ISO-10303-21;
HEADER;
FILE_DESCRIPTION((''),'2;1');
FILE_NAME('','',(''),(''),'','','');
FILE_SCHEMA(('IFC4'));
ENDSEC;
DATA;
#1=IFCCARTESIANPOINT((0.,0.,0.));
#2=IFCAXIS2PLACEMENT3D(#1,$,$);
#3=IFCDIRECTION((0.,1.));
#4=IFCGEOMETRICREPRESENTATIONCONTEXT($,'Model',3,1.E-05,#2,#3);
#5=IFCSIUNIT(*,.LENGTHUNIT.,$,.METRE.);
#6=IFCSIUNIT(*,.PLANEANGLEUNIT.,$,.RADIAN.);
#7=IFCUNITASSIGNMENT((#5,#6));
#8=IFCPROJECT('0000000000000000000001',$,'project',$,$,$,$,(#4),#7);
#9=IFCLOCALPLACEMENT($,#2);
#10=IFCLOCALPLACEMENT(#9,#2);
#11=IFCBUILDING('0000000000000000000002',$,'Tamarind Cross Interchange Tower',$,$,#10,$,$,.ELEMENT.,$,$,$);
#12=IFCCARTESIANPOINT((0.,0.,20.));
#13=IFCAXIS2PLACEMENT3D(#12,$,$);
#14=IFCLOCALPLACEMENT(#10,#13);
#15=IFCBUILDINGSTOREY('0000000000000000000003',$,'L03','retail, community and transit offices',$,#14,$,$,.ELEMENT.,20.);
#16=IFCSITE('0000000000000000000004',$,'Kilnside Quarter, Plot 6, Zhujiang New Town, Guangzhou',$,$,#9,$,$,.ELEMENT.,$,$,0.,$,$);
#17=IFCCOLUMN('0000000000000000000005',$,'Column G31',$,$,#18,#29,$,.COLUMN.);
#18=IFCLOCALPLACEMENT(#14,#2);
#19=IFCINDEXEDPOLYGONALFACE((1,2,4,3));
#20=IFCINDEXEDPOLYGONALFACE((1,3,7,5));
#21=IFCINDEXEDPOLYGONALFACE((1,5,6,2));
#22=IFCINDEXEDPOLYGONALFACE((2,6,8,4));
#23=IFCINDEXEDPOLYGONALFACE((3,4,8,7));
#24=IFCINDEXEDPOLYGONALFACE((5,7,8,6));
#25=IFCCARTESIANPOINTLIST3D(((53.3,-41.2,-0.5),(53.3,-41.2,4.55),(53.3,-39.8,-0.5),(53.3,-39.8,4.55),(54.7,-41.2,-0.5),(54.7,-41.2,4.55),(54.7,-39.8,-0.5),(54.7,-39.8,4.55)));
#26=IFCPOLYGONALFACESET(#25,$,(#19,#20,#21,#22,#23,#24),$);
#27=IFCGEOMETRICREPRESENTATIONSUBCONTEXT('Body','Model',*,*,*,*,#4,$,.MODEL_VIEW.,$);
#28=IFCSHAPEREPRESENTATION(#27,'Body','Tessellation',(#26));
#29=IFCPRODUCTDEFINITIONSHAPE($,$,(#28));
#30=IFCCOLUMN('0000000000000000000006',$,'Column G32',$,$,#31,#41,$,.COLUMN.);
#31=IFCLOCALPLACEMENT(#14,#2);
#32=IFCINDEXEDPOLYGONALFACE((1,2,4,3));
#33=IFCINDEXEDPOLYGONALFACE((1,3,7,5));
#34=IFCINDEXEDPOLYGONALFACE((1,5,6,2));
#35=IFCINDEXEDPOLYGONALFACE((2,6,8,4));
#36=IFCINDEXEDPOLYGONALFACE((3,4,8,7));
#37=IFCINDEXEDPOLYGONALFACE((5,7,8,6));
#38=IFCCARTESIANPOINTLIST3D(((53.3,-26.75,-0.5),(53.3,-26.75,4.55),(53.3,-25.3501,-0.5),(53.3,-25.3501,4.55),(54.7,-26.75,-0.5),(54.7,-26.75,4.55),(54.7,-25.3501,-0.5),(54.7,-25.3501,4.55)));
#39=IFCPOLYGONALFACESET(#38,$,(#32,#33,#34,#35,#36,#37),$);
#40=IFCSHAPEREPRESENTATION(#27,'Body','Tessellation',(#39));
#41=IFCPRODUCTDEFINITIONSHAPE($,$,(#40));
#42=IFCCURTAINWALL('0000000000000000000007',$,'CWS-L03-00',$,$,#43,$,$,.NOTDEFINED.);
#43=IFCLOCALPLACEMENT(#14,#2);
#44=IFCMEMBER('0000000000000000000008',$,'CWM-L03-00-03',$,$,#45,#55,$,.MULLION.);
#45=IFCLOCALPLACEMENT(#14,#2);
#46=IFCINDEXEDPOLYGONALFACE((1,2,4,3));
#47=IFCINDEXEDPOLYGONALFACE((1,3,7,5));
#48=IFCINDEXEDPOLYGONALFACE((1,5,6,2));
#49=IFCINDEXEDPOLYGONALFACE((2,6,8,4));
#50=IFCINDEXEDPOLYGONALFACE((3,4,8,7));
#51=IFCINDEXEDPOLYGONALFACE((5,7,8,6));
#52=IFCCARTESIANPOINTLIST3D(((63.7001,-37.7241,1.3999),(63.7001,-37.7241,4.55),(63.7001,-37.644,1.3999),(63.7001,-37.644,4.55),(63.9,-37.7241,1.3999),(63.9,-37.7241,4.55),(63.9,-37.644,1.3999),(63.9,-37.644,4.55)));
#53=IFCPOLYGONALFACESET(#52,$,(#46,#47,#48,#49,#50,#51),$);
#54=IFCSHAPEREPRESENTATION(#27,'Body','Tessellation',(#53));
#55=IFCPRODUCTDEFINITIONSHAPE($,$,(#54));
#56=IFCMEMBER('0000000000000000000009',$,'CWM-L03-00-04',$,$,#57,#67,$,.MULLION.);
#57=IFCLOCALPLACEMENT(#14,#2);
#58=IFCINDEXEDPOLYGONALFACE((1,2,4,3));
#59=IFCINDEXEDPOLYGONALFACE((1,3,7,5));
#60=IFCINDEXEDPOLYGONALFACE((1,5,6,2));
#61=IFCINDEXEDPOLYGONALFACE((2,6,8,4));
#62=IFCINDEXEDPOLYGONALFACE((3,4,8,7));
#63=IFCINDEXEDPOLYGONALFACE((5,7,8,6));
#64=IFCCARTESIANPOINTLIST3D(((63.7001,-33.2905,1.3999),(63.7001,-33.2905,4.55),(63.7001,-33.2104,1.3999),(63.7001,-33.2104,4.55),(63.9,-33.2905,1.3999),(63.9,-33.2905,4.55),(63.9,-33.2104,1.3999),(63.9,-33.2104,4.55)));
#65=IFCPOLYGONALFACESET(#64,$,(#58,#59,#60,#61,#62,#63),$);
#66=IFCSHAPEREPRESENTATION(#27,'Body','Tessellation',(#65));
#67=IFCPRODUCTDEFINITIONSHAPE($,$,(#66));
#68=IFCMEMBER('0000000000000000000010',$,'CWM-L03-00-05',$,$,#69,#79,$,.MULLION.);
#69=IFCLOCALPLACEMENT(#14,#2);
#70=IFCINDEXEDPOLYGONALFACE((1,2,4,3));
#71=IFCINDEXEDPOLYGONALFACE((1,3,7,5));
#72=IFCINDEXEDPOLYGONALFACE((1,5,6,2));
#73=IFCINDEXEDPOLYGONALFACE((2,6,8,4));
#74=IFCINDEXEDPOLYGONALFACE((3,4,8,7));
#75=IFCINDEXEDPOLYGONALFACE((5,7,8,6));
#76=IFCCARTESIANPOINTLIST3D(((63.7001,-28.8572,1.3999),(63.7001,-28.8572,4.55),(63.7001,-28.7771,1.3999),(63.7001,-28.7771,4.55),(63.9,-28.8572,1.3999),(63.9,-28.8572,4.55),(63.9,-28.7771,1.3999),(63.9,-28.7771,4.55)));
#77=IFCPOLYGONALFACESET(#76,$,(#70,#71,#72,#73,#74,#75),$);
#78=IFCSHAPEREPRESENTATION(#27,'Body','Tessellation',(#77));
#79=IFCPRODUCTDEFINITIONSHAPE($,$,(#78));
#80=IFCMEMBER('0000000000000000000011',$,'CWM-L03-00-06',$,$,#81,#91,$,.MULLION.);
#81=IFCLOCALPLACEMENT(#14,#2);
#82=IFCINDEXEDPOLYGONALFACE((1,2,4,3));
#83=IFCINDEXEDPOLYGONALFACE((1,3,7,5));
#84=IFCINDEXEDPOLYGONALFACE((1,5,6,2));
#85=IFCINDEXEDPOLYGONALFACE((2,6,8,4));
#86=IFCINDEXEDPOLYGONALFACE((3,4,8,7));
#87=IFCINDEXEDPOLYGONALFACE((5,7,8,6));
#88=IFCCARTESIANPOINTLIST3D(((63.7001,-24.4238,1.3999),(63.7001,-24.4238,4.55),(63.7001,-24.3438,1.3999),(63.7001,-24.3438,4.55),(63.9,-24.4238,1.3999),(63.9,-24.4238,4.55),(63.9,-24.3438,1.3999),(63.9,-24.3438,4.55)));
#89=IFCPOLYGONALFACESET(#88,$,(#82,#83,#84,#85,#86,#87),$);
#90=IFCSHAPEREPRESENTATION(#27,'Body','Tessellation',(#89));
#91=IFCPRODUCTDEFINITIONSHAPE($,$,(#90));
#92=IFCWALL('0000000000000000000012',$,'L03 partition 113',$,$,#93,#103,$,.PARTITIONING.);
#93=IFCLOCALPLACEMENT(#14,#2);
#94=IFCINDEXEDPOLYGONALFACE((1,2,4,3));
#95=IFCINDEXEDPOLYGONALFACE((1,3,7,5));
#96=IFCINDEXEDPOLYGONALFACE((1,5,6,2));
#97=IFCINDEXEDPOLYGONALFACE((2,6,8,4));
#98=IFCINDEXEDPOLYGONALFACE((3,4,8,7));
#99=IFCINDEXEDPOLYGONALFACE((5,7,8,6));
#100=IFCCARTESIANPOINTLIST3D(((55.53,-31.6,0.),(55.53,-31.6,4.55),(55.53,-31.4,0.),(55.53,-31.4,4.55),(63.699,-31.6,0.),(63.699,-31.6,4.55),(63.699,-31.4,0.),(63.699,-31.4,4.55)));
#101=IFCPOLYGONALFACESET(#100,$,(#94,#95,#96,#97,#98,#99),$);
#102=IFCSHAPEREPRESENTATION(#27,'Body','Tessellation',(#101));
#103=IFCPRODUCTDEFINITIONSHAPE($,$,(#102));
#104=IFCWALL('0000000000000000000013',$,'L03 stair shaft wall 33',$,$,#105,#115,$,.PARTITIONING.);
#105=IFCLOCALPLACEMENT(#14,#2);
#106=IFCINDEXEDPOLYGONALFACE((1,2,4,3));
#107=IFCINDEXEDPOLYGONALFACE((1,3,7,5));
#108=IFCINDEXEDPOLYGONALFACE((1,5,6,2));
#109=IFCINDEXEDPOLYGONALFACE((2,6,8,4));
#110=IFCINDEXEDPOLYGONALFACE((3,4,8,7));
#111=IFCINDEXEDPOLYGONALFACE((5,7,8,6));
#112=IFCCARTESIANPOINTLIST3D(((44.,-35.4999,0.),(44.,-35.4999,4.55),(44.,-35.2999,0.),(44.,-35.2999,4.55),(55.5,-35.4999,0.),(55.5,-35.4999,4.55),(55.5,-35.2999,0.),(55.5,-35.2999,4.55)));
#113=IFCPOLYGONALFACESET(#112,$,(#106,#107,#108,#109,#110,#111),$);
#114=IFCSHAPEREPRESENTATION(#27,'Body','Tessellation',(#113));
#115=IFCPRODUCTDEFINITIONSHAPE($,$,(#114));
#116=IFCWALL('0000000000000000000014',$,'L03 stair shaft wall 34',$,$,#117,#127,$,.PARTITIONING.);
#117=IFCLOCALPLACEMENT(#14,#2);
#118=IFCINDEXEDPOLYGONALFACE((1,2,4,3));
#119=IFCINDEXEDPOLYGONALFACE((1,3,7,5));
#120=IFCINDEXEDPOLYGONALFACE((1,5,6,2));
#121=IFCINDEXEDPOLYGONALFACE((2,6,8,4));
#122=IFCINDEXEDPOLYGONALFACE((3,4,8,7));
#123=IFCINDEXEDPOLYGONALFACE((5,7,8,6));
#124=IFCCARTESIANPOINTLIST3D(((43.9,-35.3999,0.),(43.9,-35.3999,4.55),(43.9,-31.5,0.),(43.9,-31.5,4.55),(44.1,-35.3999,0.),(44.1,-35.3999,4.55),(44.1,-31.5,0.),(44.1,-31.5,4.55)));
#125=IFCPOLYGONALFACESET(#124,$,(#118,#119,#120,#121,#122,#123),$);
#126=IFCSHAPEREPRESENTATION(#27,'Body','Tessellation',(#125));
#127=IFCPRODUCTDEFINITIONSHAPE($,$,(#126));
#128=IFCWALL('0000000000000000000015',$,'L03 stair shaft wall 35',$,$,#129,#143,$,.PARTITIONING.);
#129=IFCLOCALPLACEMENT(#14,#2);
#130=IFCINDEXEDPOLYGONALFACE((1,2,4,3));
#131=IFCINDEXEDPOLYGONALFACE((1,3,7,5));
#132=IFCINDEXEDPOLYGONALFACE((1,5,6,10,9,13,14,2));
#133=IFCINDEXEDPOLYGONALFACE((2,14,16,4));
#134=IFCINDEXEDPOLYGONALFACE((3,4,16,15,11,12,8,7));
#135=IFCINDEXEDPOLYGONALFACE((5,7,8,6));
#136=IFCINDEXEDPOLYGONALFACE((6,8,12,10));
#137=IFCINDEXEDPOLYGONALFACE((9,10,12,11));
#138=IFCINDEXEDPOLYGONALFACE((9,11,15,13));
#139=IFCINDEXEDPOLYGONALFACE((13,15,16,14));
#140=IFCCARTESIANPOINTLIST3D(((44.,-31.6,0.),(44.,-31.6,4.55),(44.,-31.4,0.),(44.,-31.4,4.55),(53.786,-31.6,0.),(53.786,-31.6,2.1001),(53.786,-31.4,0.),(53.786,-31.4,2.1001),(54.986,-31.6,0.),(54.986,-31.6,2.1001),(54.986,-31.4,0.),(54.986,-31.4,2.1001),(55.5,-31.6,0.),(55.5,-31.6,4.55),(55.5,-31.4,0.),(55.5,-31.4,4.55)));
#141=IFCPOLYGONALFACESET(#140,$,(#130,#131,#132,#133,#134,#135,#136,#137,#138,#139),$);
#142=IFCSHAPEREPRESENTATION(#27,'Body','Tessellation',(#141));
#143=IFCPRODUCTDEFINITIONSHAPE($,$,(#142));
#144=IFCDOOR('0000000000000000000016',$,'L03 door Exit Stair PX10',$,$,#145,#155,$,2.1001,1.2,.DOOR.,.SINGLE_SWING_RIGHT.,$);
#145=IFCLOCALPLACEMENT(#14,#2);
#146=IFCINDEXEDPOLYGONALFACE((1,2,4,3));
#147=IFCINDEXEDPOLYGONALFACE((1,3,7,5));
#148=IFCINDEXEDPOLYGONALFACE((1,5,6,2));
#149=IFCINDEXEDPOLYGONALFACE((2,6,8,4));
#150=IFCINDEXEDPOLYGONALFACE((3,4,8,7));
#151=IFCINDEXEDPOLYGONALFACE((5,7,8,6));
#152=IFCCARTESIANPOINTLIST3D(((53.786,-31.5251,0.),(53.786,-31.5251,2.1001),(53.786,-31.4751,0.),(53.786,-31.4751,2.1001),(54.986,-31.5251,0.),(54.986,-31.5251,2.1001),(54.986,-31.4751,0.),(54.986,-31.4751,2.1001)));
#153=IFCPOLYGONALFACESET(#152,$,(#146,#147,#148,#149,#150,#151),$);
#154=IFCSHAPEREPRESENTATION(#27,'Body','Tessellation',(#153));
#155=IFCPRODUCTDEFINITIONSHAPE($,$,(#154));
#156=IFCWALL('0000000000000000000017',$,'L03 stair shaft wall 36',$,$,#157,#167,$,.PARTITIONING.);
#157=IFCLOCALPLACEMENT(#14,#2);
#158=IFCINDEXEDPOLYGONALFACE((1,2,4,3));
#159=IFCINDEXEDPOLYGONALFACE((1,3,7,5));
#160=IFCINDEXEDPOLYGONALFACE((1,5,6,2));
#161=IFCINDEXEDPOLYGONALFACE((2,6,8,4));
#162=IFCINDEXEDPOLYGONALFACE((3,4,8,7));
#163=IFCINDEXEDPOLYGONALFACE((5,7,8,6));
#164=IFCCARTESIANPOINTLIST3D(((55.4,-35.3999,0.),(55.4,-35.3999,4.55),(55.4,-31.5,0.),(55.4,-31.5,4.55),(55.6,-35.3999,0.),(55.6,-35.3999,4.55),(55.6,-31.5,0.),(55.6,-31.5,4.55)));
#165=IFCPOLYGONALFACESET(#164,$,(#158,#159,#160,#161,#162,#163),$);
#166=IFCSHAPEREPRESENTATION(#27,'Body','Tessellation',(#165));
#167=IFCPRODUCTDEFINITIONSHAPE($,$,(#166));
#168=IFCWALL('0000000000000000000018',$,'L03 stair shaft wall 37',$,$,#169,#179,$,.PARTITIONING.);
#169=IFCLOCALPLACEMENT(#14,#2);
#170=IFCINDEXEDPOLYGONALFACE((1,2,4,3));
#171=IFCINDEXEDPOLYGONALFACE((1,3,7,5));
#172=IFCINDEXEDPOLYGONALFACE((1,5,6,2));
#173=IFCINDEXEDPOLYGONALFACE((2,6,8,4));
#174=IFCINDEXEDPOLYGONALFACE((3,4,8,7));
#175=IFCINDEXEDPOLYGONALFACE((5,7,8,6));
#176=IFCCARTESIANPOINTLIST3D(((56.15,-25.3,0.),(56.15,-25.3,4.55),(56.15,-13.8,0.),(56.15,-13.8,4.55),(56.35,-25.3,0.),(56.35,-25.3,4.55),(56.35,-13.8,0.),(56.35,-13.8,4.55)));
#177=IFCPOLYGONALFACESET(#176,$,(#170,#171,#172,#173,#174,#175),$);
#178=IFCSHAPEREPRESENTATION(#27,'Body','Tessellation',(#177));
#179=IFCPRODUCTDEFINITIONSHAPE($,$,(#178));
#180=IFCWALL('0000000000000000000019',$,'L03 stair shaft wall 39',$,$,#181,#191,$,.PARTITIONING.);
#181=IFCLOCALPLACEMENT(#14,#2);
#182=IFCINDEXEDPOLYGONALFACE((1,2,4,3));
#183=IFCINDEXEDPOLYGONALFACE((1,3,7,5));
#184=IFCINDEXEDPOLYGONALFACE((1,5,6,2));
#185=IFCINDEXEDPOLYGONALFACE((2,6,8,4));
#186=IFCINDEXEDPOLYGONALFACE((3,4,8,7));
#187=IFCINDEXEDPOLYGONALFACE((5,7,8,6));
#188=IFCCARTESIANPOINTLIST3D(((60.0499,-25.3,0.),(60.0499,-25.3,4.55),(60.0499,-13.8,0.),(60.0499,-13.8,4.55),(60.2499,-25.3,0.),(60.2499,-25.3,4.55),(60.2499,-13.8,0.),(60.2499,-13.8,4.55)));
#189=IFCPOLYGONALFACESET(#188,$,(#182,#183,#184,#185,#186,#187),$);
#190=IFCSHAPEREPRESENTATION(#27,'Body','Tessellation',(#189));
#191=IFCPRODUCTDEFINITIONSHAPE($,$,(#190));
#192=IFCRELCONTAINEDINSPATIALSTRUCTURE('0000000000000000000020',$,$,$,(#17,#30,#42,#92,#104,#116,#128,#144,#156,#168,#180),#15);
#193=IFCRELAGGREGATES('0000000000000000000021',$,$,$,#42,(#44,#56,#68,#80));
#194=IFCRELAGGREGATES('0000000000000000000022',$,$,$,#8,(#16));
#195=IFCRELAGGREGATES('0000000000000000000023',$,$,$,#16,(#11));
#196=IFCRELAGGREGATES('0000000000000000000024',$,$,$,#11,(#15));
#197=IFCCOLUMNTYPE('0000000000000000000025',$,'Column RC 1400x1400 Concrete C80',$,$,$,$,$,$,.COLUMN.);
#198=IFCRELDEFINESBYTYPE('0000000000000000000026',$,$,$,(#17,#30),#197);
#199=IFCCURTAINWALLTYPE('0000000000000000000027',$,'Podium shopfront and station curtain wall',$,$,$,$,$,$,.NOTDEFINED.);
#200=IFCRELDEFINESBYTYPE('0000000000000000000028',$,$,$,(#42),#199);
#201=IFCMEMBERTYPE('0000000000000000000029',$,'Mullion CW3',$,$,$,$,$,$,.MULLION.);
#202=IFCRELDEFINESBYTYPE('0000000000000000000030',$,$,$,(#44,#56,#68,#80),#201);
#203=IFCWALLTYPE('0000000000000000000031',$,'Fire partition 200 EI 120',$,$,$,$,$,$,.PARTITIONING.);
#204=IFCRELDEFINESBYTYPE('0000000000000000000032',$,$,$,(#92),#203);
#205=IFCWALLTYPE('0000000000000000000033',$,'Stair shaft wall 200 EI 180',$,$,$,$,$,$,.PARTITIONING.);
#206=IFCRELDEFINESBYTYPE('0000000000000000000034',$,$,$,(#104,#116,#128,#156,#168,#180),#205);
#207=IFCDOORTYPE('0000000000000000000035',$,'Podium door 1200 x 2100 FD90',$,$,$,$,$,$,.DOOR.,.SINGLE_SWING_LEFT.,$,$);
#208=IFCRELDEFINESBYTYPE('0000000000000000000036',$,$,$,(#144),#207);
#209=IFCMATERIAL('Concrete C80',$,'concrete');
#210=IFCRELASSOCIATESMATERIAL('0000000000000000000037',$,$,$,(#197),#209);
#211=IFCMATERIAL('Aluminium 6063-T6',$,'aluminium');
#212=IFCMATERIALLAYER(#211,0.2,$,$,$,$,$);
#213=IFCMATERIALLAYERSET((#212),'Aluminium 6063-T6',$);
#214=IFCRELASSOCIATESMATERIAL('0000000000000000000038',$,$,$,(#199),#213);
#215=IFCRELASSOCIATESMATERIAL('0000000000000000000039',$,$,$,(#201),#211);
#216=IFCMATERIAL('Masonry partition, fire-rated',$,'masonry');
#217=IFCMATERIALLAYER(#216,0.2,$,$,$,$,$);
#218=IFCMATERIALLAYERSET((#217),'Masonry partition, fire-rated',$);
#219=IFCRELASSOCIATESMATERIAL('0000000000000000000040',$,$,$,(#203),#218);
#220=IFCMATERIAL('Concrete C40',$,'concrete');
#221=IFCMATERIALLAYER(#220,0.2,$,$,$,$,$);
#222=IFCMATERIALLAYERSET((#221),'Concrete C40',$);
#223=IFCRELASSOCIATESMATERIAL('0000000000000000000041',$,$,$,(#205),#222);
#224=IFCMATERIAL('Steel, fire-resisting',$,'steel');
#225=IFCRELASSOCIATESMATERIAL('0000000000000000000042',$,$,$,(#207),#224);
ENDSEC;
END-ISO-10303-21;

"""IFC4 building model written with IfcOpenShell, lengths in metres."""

from ifc_helpers import new_model, si_unit, direction, frame, frame_2d, origin, origin_2d, place, context, subcontext, project, spatial, rectangle, extrude, material, layer, layer_set, material_profile, profile_set, type_object, element, fill, aggregate, save


model = new_model("IFC4")

# Units and contexts
model_context = context("Model", 3, precision=1e-05, world=origin(), true_north=direction((0.0, 1.0)))
body_context = subcontext(model_context, "Body", "Model", "MODEL_VIEW")
ifc_project = project(units=[si_unit("LENGTHUNIT", "METRE"), si_unit("PLANEANGLEUNIT", "RADIAN")], contexts=[model_context])

# Site, building, storey
site_placement = place(None, origin())
site = spatial("IfcSite", under=ifc_project, at=site_placement, Name="Kilnside Quarter, Plot 6, Zhujiang New Town, Guangzhou", CompositionType="ELEMENT", RefElevation=0.0)
building_placement = place(site_placement, origin())
building = spatial("IfcBuilding", under=site, at=building_placement, Name="Tamarind Cross Interchange Tower", CompositionType="ELEMENT")
storey_placement = place(building_placement, frame((0.0, 0.0, 20.0)))
storey = spatial("IfcBuildingStorey", under=building, at=storey_placement, Name="L03", Description="retail, community and transit offices", CompositionType="ELEMENT", Elevation=20.0)

# Columns
ifc_material_1 = material(Name="Concrete C80", Category="concrete")
ifc_material_profile_1 = material_profile(ifc_material_1, rectangle(XDim=1.3999, YDim=1.3999, at=origin_2d()), Name="RC 1400x1400")
ifc_profile_set_1 = profile_set([ifc_material_profile_1], Name="Concrete C80")
column_type = type_object("IfcColumnType", Name="Column RC 1400x1400 Concrete C80", PredefinedType="COLUMN", material=ifc_profile_set_1)
for number, where, z_axis, x_axis, name in (
    (1, (54.0, -40.5, -0.5), (0.0, 0.0, 1.0), (1.0, 0.0, 0.0), "Column G31"),
    (2, (54.0, -26.05, -0.5), (0.0, 0.0, 1.0), (1.0, 0.0, 0.0), "Column G32"),
):
    element("IfcColumn", number, at=place(storey_placement, frame(where, z_axis=z_axis, x_axis=x_axis)), inside=storey, type_object=column_type, Name=name, PredefinedType="COLUMN", context=body_context, shape_type="SweptSolid", body=[
        extrude(rectangle(XDim=1.3999, YDim=1.3999, at=origin_2d()), origin(), (0.0, 0.0, 1.0), 5.05),
    ])

# Curtain wall, members
ifc_material_2 = material(Name="Aluminium 6063-T6", Category="aluminium")
ifc_layer_1 = layer(ifc_material_2, 0.2)
ifc_layer_set_1 = layer_set([ifc_layer_1], Name="Aluminium 6063-T6")
curtain_wall_type = type_object("IfcCurtainWallType", Name="Podium shopfront and station curtain wall", PredefinedType="NOTDEFINED", material=ifc_layer_set_1)
curtain_wall_placement = place(storey_placement, origin())
curtain_wall = element("IfcCurtainWall", 3, at=curtain_wall_placement, inside=storey, type_object=curtain_wall_type, Name="CWS-L03-00", PredefinedType="NOTDEFINED")
ifc_material_profile_2 = material_profile(ifc_material_2, rectangle(XDim=0.0801, YDim=0.2, at=origin_2d()), Name="Mullion CW3")
ifc_profile_set_2 = profile_set([ifc_material_profile_2], Name="Aluminium 6063-T6")
member_type = type_object("IfcMemberType", Name="Mullion CW3", PredefinedType="MULLION", material=ifc_profile_set_2)
member_1_placement = place(storey_placement, frame((63.8, -37.6841, 1.3999), z_axis=(0.0, 0.0, 1.0), x_axis=(0.0, 1.0, 0.0)))
member_1 = element("IfcMember", 4, at=member_1_placement, type_object=member_type, Name="CWM-L03-00-03", PredefinedType="MULLION", context=body_context, shape_type="SweptSolid", body=[
    extrude(rectangle(XDim=0.0801, YDim=0.2, at=origin_2d()), origin(), (0.0, 0.0, 1.0), 3.1501),
])
member_2_placement = place(storey_placement, frame((63.8, -33.2505, 1.3999), z_axis=(0.0, 0.0, 1.0), x_axis=(0.0, 1.0, 0.0)))
member_2 = element("IfcMember", 5, at=member_2_placement, type_object=member_type, Name="CWM-L03-00-04", PredefinedType="MULLION", context=body_context, shape_type="SweptSolid", body=[
    extrude(rectangle(XDim=0.0801, YDim=0.2, at=origin_2d()), origin(), (0.0, 0.0, 1.0), 3.1501),
])
member_3_placement = place(storey_placement, frame((63.8, -28.8171, 1.3999), z_axis=(0.0, 0.0, 1.0), x_axis=(0.0, 1.0, 0.0)))
member_3 = element("IfcMember", 6, at=member_3_placement, type_object=member_type, Name="CWM-L03-00-05", PredefinedType="MULLION", context=body_context, shape_type="SweptSolid", body=[
    extrude(rectangle(XDim=0.0801, YDim=0.2, at=origin_2d()), origin(), (0.0, 0.0, 1.0), 3.1501),
])
member_4_placement = place(storey_placement, frame((63.8, -24.3838, 1.3999), z_axis=(0.0, 0.0, 1.0), x_axis=(0.0, 1.0, 0.0)))
member_4 = element("IfcMember", 7, at=member_4_placement, type_object=member_type, Name="CWM-L03-00-06", PredefinedType="MULLION", context=body_context, shape_type="SweptSolid", body=[
    extrude(rectangle(XDim=0.0801, YDim=0.2, at=origin_2d()), origin(), (0.0, 0.0, 1.0), 3.1501),
])
aggregate(curtain_wall, [member_1, member_2, member_3, member_4])

# Walls
ifc_material_3 = material(Name="Masonry partition, fire-rated", Category="masonry")
ifc_layer_2 = layer(ifc_material_3, 0.2)
ifc_layer_set_2 = layer_set([ifc_layer_2], Name="Masonry partition, fire-rated")
wall_type_1 = type_object("IfcWallType", Name="Fire partition 200 EI 120", PredefinedType="PARTITIONING", material=ifc_layer_set_2)
wall_1_placement = place(storey_placement, frame((55.53, -31.5, 0.0), z_axis=(0.0, 0.0, 1.0), x_axis=(1.0, 0.0, 0.0)))
element("IfcWall", 8, at=wall_1_placement, inside=storey, type_object=wall_type_1, Name="L03 partition 113", PredefinedType="PARTITIONING", context=body_context, shape_type="SweptSolid", body=[
    extrude(rectangle(XDim=8.1689, YDim=0.2, at=frame_2d((4.0845, 0.0))), origin(), (0.0, 0.0, 1.0), 4.55),
])
ifc_material_4 = material(Name="Concrete C40", Category="concrete")
ifc_layer_3 = layer(ifc_material_4, 0.2)
ifc_layer_set_3 = layer_set([ifc_layer_3], Name="Concrete C40")
wall_type_2 = type_object("IfcWallType", Name="Stair shaft wall 200 EI 180", PredefinedType="PARTITIONING", material=ifc_layer_set_3)
wall_2_placement = place(storey_placement, frame((44.0, -35.3999, 0.0), z_axis=(0.0, 0.0, 1.0), x_axis=(1.0, 0.0, 0.0)))
element("IfcWall", 9, at=wall_2_placement, inside=storey, type_object=wall_type_2, Name="L03 stair shaft wall 33", PredefinedType="PARTITIONING", context=body_context, shape_type="SweptSolid", body=[
    extrude(rectangle(XDim=11.5, YDim=0.2, at=frame_2d((5.75, 0.0))), origin(), (0.0, 0.0, 1.0), 4.55),
])
wall_3_placement = place(storey_placement, frame((44.0, -35.3999, 0.0), z_axis=(0.0, 0.0, 1.0), x_axis=(0.0, 1.0, 0.0)))
element("IfcWall", 10, at=wall_3_placement, inside=storey, type_object=wall_type_2, Name="L03 stair shaft wall 34", PredefinedType="PARTITIONING", context=body_context, shape_type="SweptSolid", body=[
    extrude(rectangle(XDim=3.8999, YDim=0.2, at=frame_2d((1.95, 0.0))), origin(), (0.0, 0.0, 1.0), 4.55),
])

# Wall, opening, door
wall_4_placement = place(storey_placement, frame((44.0, -31.5, 0.0), z_axis=(0.0, 0.0, 1.0), x_axis=(1.0, 0.0, 0.0)))
wall_4 = element("IfcWall", 11, at=wall_4_placement, inside=storey, type_object=wall_type_2, Name="L03 stair shaft wall 35", PredefinedType="PARTITIONING", context=body_context, shape_type="SweptSolid", body=[
    extrude(rectangle(XDim=11.5, YDim=0.2, at=frame_2d((5.75, 0.0))), origin(), (0.0, 0.0, 1.0), 4.55),
])
opening_1_placement = place(wall_4_placement, frame((9.7859, 0.0, 0.0)))
opening_1 = element("IfcOpeningElement", 12, at=opening_1_placement, cuts=wall_4, PredefinedType="OPENING", context=body_context, shape_type="SweptSolid", body=[
    extrude(rectangle(XDim=1.2, YDim=2.1001, at=frame_2d((0.6001, 1.05))), frame((0.0, 0.1099, 0.0), z_axis=(0.0, -1.0, 0.0), x_axis=(1.0, 0.0, 0.0)), (0.0, 0.0, 1.0), 0.22),
])
ifc_material_5 = material(Name="Steel, fire-resisting", Category="steel")
door_type = type_object("IfcDoorType", Name="Podium door 1200 x 2100 FD90", OperationType="SINGLE_SWING_LEFT", PredefinedType="DOOR", material=ifc_material_5)
door_1_placement = place(opening_1_placement, origin())
door_1 = element("IfcDoor", 13, at=door_1_placement, inside=storey, type_object=door_type, Name="L03 door Exit Stair PX10", OperationType="SINGLE_SWING_RIGHT", OverallHeight=2.1001, OverallWidth=1.2, PredefinedType="DOOR", context=body_context, shape_type="SweptSolid", body=[
    extrude(rectangle(XDim=1.2, YDim=2.1001, at=frame_2d((0.6001, 1.05))), frame((0.0, 0.0249, 0.0), z_axis=(0.0, -1.0, 0.0), x_axis=(1.0, 0.0, 0.0)), (0.0, 0.0, 1.0), 0.05),
])
fill(opening_1, door_1)

# Walls
wall_5_placement = place(storey_placement, frame((55.5, -35.3999, 0.0), z_axis=(0.0, 0.0, 1.0), x_axis=(0.0, 1.0, 0.0)))
element("IfcWall", 14, at=wall_5_placement, inside=storey, type_object=wall_type_2, Name="L03 stair shaft wall 36", PredefinedType="PARTITIONING", context=body_context, shape_type="SweptSolid", body=[
    extrude(rectangle(XDim=3.8999, YDim=0.2, at=frame_2d((1.95, 0.0))), origin(), (0.0, 0.0, 1.0), 4.55),
])
for number, where, z_axis, x_axis, name in (
    (15, (56.25, -25.3, 0.0), (0.0, 0.0, 1.0), (0.0, 1.0, 0.0), "L03 stair shaft wall 37"),
    (16, (60.1499, -25.3, 0.0), (0.0, 0.0, 1.0), (0.0, 1.0, 0.0), "L03 stair shaft wall 39"),
):
    element("IfcWall", number, at=place(storey_placement, frame(where, z_axis=z_axis, x_axis=x_axis)), inside=storey, type_object=wall_type_2, Name=name, PredefinedType="PARTITIONING", context=body_context, shape_type="SweptSolid", body=[
        extrude(rectangle(XDim=11.5, YDim=0.2, at=frame_2d((5.75, 0.0))), origin(), (0.0, 0.0, 1.0), 4.55),
    ])

save(model, "model.ifc")
